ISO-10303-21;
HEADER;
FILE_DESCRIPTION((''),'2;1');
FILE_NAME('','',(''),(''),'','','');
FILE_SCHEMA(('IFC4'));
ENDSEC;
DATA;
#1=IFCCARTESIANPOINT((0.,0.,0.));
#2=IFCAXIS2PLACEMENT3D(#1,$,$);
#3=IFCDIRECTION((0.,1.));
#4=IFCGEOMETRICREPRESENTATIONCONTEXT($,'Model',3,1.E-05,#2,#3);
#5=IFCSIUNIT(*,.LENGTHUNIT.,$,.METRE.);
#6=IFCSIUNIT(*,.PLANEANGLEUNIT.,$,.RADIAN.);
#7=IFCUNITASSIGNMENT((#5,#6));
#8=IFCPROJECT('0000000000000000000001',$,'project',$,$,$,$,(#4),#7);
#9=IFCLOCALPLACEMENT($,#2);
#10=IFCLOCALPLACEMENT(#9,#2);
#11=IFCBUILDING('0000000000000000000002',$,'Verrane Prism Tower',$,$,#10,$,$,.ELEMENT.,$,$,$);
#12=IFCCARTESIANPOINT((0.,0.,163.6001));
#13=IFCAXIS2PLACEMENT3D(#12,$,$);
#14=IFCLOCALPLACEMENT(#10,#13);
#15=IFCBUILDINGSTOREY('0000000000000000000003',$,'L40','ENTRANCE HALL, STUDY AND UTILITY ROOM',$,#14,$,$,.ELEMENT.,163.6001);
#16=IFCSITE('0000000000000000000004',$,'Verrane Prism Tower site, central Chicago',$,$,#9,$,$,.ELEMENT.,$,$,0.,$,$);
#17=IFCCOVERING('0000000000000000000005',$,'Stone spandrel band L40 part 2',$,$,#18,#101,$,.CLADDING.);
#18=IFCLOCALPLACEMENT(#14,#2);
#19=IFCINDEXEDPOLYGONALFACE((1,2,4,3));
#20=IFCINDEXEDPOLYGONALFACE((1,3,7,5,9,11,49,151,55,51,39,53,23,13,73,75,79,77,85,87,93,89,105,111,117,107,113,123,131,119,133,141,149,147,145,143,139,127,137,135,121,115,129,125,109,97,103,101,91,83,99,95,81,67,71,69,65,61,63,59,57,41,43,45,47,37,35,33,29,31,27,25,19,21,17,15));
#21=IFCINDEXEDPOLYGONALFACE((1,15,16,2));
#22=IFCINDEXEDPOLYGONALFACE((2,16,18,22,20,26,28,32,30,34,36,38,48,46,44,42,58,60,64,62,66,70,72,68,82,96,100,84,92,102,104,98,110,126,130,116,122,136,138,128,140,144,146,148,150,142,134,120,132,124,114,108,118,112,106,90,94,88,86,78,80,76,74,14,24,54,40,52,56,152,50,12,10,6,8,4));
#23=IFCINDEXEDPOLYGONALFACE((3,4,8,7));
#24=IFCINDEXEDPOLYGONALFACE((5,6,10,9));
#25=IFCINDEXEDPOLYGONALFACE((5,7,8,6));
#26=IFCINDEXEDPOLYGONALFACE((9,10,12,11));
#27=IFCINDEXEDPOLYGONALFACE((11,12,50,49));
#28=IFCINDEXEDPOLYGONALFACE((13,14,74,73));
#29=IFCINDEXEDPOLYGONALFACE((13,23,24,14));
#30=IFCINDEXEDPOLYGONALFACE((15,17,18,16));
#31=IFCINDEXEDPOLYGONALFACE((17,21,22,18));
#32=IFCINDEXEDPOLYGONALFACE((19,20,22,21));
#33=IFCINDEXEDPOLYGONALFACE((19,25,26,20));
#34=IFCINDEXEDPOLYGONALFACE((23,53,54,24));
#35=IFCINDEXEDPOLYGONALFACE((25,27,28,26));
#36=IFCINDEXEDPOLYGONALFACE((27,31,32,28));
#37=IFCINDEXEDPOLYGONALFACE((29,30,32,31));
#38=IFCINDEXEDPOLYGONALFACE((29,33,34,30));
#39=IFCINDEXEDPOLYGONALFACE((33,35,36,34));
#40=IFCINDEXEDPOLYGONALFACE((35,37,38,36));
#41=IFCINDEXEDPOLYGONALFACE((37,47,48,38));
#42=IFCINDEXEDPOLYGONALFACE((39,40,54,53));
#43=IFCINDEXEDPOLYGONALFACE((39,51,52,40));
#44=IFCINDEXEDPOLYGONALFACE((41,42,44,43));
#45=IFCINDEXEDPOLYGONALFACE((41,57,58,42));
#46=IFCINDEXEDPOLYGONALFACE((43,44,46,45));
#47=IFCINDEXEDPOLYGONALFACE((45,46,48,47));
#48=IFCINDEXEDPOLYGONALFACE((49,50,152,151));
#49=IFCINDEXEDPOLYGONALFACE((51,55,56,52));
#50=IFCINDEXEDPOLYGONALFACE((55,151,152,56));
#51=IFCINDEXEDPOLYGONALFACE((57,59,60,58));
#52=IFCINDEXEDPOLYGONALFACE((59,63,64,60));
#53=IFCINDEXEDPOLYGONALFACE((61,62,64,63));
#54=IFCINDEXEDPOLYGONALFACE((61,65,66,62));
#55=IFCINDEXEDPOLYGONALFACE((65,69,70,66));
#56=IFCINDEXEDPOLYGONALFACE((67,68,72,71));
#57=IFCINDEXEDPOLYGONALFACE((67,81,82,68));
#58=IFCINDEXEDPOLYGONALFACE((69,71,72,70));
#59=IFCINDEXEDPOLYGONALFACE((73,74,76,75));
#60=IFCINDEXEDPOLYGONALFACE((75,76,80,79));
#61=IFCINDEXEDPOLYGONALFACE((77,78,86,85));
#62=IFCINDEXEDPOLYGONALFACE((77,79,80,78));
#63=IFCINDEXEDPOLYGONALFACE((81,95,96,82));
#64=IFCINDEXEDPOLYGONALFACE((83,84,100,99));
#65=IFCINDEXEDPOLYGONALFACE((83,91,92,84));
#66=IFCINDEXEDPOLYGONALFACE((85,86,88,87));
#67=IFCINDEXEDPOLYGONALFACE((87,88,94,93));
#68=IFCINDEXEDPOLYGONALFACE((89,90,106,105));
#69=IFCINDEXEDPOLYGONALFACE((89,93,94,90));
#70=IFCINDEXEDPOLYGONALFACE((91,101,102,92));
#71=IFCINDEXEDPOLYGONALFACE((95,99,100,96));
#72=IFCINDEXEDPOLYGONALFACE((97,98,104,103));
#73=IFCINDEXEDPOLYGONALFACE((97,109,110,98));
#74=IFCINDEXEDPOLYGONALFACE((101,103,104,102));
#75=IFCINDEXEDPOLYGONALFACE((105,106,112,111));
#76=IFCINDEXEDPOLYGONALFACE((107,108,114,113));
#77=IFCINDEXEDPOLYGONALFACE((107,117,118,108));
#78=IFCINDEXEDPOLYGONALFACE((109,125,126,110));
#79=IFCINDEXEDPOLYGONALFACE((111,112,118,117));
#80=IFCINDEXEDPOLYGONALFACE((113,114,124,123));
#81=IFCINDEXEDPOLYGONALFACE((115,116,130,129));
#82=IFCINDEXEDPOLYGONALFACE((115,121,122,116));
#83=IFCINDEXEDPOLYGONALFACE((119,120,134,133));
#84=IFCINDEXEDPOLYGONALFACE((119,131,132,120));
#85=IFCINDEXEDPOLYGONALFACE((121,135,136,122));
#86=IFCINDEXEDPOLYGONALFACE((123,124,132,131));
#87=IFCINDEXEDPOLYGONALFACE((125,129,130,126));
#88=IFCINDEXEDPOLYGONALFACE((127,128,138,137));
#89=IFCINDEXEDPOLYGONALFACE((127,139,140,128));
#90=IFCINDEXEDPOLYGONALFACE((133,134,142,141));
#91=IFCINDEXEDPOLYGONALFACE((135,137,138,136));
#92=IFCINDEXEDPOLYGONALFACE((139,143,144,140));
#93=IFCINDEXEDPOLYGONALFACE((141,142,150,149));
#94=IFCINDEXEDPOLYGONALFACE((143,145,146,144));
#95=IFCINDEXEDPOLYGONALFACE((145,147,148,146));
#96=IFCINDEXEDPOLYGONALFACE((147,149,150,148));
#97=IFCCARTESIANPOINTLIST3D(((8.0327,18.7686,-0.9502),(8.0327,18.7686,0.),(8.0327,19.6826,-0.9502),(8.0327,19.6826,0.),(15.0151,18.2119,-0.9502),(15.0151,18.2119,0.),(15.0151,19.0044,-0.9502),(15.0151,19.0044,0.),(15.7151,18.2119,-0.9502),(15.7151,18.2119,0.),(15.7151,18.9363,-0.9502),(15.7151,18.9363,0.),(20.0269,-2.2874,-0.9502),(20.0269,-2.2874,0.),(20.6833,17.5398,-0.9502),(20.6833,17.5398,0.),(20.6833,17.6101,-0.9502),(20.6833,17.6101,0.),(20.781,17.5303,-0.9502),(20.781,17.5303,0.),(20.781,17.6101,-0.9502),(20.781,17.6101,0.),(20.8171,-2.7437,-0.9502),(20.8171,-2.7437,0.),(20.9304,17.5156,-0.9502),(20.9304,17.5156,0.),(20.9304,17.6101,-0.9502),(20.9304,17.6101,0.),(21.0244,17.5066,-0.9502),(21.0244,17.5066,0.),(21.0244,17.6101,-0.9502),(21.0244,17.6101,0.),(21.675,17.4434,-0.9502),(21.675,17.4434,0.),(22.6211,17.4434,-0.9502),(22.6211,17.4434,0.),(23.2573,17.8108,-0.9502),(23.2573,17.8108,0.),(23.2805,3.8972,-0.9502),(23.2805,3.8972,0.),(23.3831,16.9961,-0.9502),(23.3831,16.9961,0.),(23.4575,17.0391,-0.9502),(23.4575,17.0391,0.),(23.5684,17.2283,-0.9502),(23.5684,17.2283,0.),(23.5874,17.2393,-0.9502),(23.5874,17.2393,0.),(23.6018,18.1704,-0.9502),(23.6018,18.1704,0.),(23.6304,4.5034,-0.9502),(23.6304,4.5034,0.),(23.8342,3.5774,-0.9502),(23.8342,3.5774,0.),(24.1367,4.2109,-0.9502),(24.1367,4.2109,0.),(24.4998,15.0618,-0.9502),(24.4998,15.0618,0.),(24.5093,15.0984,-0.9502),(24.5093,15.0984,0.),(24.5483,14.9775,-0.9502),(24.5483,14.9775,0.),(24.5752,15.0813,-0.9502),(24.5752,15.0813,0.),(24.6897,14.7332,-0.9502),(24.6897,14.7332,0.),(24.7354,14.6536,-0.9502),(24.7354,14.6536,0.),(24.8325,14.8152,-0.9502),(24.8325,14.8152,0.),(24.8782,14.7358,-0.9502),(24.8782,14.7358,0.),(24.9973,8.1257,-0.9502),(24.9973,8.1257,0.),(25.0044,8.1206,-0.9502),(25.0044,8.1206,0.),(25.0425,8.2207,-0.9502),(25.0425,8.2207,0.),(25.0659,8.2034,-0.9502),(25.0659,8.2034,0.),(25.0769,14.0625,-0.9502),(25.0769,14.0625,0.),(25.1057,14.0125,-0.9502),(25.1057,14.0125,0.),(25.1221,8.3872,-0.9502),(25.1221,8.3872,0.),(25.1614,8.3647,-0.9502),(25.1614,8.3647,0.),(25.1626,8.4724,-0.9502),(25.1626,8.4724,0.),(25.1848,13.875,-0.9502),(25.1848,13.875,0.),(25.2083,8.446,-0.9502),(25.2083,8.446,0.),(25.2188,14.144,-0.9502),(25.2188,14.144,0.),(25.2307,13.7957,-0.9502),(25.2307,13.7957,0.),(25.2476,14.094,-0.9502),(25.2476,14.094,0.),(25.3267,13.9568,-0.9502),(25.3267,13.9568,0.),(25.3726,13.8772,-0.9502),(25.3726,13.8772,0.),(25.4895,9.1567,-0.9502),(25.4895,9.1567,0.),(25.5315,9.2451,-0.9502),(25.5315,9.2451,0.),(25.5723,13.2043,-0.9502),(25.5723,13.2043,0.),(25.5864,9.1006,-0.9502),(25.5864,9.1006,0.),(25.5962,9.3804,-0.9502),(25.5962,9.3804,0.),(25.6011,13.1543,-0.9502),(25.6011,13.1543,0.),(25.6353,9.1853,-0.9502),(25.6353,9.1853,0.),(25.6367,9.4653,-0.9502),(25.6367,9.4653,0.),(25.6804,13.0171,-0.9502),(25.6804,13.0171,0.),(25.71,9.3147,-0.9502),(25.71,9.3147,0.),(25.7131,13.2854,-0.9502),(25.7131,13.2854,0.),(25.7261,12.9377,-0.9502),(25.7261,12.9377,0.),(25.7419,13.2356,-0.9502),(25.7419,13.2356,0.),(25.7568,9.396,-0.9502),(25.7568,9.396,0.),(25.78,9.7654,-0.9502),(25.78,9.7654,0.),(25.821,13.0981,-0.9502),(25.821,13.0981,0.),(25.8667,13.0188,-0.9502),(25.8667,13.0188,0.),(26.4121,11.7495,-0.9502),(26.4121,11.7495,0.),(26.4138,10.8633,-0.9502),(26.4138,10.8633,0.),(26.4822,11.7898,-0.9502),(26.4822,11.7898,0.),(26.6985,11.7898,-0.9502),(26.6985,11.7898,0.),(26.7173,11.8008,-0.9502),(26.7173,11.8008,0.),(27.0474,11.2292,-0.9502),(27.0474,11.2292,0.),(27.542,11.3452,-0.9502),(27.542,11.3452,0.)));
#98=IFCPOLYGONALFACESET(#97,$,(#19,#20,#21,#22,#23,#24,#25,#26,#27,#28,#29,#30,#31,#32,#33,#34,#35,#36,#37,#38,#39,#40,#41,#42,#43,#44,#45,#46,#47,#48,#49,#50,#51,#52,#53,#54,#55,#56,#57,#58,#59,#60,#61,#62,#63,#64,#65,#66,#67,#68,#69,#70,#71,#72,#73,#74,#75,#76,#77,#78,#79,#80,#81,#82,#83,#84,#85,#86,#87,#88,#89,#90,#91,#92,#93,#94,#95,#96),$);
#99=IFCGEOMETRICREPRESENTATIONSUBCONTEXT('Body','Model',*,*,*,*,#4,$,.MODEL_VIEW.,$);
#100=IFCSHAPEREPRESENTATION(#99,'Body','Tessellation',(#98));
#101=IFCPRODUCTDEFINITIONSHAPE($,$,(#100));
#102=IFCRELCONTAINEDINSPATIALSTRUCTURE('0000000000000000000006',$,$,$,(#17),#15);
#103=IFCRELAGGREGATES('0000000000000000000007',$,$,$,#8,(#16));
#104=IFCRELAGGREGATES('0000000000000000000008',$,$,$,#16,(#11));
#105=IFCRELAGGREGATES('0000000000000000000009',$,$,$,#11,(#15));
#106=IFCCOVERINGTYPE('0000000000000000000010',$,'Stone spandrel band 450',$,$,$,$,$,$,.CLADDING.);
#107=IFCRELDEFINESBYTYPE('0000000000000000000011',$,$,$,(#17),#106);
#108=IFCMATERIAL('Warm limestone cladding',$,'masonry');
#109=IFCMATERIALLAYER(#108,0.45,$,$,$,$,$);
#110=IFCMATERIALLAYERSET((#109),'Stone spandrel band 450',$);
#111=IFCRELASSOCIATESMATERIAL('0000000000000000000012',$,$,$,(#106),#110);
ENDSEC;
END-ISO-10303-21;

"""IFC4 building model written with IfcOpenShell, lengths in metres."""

from ifc_helpers import new_model, si_unit, direction, frame, origin, place, context, subcontext, project, spatial, polyline, outline, extrude, material, layer, layer_set, type_object, element, save


model = new_model("IFC4")

# Units and contexts
model_context = context("Model", 3, precision=1e-05, world=origin(), true_north=direction((0.0, 1.0)))
body_context = subcontext(model_context, "Body", "Model", "MODEL_VIEW")
ifc_project = project(units=[si_unit("LENGTHUNIT", "METRE"), si_unit("PLANEANGLEUNIT", "RADIAN")], contexts=[model_context])

# Site, building, storey
site_placement = place(None, origin())
site = spatial("IfcSite", under=ifc_project, at=site_placement, Name="Verrane Prism Tower site, central Chicago", CompositionType="ELEMENT", RefElevation=0.0)
building_placement = place(site_placement, origin())
building = spatial("IfcBuilding", under=site, at=building_placement, Name="Verrane Prism Tower", CompositionType="ELEMENT")
storey_placement = place(building_placement, frame((0.0, 0.0, 163.6001)))
storey = spatial("IfcBuildingStorey", under=building, at=storey_placement, Name="L40", Description="ENTRANCE HALL, STUDY AND UTILITY ROOM", CompositionType="ELEMENT", Elevation=163.6001)

# Covering
ifc_material_1 = material(Name="Warm limestone cladding", Category="masonry")
ifc_layer_1 = layer(ifc_material_1, 0.45)
ifc_layer_set_1 = layer_set([ifc_layer_1], Name="Stone spandrel band 450")
covering_type = type_object("IfcCoveringType", Name="Stone spandrel band 450", PredefinedType="CLADDING", material=ifc_layer_set_1)
covering_1_placement = place(storey_placement, frame((0.0, 0.0, -0.9502)))
element("IfcCovering", 1, at=covering_1_placement, inside=storey, type_object=covering_type, Name="Stone spandrel band L40 part 2", PredefinedType="CLADDING", context=body_context, shape_type="SweptSolid", body=[
    extrude(outline(polyline([(8.0327, 19.6826), (8.0327, 18.7686), (20.6833, 17.5398), (20.6833, 17.6101), (20.781, 17.6101), (20.781, 17.5303), (20.9304, 17.5156), (20.9304, 17.6101), (21.0244, 17.6101), (21.0244, 17.5066), (21.675, 17.4434), (22.6211, 17.4434), (23.2573, 17.8108), (23.5874, 17.2393), (23.5684, 17.2283), (23.4575, 17.0391), (23.3831, 16.9961), (24.4998, 15.0618), (24.5093, 15.0984), (24.5752, 15.0813), (24.5483, 14.9775), (24.6897, 14.7332), (24.8325, 14.8152), (24.8782, 14.7358), (24.7354, 14.6536), (25.0769, 14.0625), (25.2188, 14.144), (25.2476, 14.094), (25.1057, 14.0125), (25.1848, 13.875), (25.3267, 13.9568), (25.3726, 13.8772), (25.2307, 13.7957), (25.5723, 13.2043), (25.7131, 13.2854), (25.7419, 13.2356), (25.6011, 13.1543), (25.6804, 13.0171), (25.821, 13.0981), (25.8667, 13.0188), (25.7261, 12.9377), (26.4121, 11.7495), (26.4822, 11.7898), (26.6985, 11.7898), (26.7173, 11.8008), (27.0474, 11.2292), (26.4138, 10.8633), (25.78, 9.7654), (25.6367, 9.4653), (25.7568, 9.396), (25.71, 9.3147), (25.5962, 9.3804), (25.5315, 9.2451), (25.6353, 9.1853), (25.5864, 9.1006), (25.4895, 9.1567), (25.1626, 8.4724), (25.2083, 8.446), (25.1614, 8.3647), (25.1221, 8.3872), (25.0425, 8.2207), (25.0659, 8.2034), (25.0044, 8.1206), (24.9973, 8.1257), (20.0269, -2.2874), (20.8171, -2.7437), (23.8342, 3.5774), (23.2805, 3.8972), (23.6304, 4.5034), (24.1367, 4.2109), (27.542, 11.3452), (23.6018, 18.1704), (15.7151, 18.9363), (15.7151, 18.2119), (15.0151, 18.2119), (15.0151, 19.0044), (8.0327, 19.6826)])), origin(), (0.0, 0.0, 1.0), 0.9502),
])

save(model, "model.ifc")
